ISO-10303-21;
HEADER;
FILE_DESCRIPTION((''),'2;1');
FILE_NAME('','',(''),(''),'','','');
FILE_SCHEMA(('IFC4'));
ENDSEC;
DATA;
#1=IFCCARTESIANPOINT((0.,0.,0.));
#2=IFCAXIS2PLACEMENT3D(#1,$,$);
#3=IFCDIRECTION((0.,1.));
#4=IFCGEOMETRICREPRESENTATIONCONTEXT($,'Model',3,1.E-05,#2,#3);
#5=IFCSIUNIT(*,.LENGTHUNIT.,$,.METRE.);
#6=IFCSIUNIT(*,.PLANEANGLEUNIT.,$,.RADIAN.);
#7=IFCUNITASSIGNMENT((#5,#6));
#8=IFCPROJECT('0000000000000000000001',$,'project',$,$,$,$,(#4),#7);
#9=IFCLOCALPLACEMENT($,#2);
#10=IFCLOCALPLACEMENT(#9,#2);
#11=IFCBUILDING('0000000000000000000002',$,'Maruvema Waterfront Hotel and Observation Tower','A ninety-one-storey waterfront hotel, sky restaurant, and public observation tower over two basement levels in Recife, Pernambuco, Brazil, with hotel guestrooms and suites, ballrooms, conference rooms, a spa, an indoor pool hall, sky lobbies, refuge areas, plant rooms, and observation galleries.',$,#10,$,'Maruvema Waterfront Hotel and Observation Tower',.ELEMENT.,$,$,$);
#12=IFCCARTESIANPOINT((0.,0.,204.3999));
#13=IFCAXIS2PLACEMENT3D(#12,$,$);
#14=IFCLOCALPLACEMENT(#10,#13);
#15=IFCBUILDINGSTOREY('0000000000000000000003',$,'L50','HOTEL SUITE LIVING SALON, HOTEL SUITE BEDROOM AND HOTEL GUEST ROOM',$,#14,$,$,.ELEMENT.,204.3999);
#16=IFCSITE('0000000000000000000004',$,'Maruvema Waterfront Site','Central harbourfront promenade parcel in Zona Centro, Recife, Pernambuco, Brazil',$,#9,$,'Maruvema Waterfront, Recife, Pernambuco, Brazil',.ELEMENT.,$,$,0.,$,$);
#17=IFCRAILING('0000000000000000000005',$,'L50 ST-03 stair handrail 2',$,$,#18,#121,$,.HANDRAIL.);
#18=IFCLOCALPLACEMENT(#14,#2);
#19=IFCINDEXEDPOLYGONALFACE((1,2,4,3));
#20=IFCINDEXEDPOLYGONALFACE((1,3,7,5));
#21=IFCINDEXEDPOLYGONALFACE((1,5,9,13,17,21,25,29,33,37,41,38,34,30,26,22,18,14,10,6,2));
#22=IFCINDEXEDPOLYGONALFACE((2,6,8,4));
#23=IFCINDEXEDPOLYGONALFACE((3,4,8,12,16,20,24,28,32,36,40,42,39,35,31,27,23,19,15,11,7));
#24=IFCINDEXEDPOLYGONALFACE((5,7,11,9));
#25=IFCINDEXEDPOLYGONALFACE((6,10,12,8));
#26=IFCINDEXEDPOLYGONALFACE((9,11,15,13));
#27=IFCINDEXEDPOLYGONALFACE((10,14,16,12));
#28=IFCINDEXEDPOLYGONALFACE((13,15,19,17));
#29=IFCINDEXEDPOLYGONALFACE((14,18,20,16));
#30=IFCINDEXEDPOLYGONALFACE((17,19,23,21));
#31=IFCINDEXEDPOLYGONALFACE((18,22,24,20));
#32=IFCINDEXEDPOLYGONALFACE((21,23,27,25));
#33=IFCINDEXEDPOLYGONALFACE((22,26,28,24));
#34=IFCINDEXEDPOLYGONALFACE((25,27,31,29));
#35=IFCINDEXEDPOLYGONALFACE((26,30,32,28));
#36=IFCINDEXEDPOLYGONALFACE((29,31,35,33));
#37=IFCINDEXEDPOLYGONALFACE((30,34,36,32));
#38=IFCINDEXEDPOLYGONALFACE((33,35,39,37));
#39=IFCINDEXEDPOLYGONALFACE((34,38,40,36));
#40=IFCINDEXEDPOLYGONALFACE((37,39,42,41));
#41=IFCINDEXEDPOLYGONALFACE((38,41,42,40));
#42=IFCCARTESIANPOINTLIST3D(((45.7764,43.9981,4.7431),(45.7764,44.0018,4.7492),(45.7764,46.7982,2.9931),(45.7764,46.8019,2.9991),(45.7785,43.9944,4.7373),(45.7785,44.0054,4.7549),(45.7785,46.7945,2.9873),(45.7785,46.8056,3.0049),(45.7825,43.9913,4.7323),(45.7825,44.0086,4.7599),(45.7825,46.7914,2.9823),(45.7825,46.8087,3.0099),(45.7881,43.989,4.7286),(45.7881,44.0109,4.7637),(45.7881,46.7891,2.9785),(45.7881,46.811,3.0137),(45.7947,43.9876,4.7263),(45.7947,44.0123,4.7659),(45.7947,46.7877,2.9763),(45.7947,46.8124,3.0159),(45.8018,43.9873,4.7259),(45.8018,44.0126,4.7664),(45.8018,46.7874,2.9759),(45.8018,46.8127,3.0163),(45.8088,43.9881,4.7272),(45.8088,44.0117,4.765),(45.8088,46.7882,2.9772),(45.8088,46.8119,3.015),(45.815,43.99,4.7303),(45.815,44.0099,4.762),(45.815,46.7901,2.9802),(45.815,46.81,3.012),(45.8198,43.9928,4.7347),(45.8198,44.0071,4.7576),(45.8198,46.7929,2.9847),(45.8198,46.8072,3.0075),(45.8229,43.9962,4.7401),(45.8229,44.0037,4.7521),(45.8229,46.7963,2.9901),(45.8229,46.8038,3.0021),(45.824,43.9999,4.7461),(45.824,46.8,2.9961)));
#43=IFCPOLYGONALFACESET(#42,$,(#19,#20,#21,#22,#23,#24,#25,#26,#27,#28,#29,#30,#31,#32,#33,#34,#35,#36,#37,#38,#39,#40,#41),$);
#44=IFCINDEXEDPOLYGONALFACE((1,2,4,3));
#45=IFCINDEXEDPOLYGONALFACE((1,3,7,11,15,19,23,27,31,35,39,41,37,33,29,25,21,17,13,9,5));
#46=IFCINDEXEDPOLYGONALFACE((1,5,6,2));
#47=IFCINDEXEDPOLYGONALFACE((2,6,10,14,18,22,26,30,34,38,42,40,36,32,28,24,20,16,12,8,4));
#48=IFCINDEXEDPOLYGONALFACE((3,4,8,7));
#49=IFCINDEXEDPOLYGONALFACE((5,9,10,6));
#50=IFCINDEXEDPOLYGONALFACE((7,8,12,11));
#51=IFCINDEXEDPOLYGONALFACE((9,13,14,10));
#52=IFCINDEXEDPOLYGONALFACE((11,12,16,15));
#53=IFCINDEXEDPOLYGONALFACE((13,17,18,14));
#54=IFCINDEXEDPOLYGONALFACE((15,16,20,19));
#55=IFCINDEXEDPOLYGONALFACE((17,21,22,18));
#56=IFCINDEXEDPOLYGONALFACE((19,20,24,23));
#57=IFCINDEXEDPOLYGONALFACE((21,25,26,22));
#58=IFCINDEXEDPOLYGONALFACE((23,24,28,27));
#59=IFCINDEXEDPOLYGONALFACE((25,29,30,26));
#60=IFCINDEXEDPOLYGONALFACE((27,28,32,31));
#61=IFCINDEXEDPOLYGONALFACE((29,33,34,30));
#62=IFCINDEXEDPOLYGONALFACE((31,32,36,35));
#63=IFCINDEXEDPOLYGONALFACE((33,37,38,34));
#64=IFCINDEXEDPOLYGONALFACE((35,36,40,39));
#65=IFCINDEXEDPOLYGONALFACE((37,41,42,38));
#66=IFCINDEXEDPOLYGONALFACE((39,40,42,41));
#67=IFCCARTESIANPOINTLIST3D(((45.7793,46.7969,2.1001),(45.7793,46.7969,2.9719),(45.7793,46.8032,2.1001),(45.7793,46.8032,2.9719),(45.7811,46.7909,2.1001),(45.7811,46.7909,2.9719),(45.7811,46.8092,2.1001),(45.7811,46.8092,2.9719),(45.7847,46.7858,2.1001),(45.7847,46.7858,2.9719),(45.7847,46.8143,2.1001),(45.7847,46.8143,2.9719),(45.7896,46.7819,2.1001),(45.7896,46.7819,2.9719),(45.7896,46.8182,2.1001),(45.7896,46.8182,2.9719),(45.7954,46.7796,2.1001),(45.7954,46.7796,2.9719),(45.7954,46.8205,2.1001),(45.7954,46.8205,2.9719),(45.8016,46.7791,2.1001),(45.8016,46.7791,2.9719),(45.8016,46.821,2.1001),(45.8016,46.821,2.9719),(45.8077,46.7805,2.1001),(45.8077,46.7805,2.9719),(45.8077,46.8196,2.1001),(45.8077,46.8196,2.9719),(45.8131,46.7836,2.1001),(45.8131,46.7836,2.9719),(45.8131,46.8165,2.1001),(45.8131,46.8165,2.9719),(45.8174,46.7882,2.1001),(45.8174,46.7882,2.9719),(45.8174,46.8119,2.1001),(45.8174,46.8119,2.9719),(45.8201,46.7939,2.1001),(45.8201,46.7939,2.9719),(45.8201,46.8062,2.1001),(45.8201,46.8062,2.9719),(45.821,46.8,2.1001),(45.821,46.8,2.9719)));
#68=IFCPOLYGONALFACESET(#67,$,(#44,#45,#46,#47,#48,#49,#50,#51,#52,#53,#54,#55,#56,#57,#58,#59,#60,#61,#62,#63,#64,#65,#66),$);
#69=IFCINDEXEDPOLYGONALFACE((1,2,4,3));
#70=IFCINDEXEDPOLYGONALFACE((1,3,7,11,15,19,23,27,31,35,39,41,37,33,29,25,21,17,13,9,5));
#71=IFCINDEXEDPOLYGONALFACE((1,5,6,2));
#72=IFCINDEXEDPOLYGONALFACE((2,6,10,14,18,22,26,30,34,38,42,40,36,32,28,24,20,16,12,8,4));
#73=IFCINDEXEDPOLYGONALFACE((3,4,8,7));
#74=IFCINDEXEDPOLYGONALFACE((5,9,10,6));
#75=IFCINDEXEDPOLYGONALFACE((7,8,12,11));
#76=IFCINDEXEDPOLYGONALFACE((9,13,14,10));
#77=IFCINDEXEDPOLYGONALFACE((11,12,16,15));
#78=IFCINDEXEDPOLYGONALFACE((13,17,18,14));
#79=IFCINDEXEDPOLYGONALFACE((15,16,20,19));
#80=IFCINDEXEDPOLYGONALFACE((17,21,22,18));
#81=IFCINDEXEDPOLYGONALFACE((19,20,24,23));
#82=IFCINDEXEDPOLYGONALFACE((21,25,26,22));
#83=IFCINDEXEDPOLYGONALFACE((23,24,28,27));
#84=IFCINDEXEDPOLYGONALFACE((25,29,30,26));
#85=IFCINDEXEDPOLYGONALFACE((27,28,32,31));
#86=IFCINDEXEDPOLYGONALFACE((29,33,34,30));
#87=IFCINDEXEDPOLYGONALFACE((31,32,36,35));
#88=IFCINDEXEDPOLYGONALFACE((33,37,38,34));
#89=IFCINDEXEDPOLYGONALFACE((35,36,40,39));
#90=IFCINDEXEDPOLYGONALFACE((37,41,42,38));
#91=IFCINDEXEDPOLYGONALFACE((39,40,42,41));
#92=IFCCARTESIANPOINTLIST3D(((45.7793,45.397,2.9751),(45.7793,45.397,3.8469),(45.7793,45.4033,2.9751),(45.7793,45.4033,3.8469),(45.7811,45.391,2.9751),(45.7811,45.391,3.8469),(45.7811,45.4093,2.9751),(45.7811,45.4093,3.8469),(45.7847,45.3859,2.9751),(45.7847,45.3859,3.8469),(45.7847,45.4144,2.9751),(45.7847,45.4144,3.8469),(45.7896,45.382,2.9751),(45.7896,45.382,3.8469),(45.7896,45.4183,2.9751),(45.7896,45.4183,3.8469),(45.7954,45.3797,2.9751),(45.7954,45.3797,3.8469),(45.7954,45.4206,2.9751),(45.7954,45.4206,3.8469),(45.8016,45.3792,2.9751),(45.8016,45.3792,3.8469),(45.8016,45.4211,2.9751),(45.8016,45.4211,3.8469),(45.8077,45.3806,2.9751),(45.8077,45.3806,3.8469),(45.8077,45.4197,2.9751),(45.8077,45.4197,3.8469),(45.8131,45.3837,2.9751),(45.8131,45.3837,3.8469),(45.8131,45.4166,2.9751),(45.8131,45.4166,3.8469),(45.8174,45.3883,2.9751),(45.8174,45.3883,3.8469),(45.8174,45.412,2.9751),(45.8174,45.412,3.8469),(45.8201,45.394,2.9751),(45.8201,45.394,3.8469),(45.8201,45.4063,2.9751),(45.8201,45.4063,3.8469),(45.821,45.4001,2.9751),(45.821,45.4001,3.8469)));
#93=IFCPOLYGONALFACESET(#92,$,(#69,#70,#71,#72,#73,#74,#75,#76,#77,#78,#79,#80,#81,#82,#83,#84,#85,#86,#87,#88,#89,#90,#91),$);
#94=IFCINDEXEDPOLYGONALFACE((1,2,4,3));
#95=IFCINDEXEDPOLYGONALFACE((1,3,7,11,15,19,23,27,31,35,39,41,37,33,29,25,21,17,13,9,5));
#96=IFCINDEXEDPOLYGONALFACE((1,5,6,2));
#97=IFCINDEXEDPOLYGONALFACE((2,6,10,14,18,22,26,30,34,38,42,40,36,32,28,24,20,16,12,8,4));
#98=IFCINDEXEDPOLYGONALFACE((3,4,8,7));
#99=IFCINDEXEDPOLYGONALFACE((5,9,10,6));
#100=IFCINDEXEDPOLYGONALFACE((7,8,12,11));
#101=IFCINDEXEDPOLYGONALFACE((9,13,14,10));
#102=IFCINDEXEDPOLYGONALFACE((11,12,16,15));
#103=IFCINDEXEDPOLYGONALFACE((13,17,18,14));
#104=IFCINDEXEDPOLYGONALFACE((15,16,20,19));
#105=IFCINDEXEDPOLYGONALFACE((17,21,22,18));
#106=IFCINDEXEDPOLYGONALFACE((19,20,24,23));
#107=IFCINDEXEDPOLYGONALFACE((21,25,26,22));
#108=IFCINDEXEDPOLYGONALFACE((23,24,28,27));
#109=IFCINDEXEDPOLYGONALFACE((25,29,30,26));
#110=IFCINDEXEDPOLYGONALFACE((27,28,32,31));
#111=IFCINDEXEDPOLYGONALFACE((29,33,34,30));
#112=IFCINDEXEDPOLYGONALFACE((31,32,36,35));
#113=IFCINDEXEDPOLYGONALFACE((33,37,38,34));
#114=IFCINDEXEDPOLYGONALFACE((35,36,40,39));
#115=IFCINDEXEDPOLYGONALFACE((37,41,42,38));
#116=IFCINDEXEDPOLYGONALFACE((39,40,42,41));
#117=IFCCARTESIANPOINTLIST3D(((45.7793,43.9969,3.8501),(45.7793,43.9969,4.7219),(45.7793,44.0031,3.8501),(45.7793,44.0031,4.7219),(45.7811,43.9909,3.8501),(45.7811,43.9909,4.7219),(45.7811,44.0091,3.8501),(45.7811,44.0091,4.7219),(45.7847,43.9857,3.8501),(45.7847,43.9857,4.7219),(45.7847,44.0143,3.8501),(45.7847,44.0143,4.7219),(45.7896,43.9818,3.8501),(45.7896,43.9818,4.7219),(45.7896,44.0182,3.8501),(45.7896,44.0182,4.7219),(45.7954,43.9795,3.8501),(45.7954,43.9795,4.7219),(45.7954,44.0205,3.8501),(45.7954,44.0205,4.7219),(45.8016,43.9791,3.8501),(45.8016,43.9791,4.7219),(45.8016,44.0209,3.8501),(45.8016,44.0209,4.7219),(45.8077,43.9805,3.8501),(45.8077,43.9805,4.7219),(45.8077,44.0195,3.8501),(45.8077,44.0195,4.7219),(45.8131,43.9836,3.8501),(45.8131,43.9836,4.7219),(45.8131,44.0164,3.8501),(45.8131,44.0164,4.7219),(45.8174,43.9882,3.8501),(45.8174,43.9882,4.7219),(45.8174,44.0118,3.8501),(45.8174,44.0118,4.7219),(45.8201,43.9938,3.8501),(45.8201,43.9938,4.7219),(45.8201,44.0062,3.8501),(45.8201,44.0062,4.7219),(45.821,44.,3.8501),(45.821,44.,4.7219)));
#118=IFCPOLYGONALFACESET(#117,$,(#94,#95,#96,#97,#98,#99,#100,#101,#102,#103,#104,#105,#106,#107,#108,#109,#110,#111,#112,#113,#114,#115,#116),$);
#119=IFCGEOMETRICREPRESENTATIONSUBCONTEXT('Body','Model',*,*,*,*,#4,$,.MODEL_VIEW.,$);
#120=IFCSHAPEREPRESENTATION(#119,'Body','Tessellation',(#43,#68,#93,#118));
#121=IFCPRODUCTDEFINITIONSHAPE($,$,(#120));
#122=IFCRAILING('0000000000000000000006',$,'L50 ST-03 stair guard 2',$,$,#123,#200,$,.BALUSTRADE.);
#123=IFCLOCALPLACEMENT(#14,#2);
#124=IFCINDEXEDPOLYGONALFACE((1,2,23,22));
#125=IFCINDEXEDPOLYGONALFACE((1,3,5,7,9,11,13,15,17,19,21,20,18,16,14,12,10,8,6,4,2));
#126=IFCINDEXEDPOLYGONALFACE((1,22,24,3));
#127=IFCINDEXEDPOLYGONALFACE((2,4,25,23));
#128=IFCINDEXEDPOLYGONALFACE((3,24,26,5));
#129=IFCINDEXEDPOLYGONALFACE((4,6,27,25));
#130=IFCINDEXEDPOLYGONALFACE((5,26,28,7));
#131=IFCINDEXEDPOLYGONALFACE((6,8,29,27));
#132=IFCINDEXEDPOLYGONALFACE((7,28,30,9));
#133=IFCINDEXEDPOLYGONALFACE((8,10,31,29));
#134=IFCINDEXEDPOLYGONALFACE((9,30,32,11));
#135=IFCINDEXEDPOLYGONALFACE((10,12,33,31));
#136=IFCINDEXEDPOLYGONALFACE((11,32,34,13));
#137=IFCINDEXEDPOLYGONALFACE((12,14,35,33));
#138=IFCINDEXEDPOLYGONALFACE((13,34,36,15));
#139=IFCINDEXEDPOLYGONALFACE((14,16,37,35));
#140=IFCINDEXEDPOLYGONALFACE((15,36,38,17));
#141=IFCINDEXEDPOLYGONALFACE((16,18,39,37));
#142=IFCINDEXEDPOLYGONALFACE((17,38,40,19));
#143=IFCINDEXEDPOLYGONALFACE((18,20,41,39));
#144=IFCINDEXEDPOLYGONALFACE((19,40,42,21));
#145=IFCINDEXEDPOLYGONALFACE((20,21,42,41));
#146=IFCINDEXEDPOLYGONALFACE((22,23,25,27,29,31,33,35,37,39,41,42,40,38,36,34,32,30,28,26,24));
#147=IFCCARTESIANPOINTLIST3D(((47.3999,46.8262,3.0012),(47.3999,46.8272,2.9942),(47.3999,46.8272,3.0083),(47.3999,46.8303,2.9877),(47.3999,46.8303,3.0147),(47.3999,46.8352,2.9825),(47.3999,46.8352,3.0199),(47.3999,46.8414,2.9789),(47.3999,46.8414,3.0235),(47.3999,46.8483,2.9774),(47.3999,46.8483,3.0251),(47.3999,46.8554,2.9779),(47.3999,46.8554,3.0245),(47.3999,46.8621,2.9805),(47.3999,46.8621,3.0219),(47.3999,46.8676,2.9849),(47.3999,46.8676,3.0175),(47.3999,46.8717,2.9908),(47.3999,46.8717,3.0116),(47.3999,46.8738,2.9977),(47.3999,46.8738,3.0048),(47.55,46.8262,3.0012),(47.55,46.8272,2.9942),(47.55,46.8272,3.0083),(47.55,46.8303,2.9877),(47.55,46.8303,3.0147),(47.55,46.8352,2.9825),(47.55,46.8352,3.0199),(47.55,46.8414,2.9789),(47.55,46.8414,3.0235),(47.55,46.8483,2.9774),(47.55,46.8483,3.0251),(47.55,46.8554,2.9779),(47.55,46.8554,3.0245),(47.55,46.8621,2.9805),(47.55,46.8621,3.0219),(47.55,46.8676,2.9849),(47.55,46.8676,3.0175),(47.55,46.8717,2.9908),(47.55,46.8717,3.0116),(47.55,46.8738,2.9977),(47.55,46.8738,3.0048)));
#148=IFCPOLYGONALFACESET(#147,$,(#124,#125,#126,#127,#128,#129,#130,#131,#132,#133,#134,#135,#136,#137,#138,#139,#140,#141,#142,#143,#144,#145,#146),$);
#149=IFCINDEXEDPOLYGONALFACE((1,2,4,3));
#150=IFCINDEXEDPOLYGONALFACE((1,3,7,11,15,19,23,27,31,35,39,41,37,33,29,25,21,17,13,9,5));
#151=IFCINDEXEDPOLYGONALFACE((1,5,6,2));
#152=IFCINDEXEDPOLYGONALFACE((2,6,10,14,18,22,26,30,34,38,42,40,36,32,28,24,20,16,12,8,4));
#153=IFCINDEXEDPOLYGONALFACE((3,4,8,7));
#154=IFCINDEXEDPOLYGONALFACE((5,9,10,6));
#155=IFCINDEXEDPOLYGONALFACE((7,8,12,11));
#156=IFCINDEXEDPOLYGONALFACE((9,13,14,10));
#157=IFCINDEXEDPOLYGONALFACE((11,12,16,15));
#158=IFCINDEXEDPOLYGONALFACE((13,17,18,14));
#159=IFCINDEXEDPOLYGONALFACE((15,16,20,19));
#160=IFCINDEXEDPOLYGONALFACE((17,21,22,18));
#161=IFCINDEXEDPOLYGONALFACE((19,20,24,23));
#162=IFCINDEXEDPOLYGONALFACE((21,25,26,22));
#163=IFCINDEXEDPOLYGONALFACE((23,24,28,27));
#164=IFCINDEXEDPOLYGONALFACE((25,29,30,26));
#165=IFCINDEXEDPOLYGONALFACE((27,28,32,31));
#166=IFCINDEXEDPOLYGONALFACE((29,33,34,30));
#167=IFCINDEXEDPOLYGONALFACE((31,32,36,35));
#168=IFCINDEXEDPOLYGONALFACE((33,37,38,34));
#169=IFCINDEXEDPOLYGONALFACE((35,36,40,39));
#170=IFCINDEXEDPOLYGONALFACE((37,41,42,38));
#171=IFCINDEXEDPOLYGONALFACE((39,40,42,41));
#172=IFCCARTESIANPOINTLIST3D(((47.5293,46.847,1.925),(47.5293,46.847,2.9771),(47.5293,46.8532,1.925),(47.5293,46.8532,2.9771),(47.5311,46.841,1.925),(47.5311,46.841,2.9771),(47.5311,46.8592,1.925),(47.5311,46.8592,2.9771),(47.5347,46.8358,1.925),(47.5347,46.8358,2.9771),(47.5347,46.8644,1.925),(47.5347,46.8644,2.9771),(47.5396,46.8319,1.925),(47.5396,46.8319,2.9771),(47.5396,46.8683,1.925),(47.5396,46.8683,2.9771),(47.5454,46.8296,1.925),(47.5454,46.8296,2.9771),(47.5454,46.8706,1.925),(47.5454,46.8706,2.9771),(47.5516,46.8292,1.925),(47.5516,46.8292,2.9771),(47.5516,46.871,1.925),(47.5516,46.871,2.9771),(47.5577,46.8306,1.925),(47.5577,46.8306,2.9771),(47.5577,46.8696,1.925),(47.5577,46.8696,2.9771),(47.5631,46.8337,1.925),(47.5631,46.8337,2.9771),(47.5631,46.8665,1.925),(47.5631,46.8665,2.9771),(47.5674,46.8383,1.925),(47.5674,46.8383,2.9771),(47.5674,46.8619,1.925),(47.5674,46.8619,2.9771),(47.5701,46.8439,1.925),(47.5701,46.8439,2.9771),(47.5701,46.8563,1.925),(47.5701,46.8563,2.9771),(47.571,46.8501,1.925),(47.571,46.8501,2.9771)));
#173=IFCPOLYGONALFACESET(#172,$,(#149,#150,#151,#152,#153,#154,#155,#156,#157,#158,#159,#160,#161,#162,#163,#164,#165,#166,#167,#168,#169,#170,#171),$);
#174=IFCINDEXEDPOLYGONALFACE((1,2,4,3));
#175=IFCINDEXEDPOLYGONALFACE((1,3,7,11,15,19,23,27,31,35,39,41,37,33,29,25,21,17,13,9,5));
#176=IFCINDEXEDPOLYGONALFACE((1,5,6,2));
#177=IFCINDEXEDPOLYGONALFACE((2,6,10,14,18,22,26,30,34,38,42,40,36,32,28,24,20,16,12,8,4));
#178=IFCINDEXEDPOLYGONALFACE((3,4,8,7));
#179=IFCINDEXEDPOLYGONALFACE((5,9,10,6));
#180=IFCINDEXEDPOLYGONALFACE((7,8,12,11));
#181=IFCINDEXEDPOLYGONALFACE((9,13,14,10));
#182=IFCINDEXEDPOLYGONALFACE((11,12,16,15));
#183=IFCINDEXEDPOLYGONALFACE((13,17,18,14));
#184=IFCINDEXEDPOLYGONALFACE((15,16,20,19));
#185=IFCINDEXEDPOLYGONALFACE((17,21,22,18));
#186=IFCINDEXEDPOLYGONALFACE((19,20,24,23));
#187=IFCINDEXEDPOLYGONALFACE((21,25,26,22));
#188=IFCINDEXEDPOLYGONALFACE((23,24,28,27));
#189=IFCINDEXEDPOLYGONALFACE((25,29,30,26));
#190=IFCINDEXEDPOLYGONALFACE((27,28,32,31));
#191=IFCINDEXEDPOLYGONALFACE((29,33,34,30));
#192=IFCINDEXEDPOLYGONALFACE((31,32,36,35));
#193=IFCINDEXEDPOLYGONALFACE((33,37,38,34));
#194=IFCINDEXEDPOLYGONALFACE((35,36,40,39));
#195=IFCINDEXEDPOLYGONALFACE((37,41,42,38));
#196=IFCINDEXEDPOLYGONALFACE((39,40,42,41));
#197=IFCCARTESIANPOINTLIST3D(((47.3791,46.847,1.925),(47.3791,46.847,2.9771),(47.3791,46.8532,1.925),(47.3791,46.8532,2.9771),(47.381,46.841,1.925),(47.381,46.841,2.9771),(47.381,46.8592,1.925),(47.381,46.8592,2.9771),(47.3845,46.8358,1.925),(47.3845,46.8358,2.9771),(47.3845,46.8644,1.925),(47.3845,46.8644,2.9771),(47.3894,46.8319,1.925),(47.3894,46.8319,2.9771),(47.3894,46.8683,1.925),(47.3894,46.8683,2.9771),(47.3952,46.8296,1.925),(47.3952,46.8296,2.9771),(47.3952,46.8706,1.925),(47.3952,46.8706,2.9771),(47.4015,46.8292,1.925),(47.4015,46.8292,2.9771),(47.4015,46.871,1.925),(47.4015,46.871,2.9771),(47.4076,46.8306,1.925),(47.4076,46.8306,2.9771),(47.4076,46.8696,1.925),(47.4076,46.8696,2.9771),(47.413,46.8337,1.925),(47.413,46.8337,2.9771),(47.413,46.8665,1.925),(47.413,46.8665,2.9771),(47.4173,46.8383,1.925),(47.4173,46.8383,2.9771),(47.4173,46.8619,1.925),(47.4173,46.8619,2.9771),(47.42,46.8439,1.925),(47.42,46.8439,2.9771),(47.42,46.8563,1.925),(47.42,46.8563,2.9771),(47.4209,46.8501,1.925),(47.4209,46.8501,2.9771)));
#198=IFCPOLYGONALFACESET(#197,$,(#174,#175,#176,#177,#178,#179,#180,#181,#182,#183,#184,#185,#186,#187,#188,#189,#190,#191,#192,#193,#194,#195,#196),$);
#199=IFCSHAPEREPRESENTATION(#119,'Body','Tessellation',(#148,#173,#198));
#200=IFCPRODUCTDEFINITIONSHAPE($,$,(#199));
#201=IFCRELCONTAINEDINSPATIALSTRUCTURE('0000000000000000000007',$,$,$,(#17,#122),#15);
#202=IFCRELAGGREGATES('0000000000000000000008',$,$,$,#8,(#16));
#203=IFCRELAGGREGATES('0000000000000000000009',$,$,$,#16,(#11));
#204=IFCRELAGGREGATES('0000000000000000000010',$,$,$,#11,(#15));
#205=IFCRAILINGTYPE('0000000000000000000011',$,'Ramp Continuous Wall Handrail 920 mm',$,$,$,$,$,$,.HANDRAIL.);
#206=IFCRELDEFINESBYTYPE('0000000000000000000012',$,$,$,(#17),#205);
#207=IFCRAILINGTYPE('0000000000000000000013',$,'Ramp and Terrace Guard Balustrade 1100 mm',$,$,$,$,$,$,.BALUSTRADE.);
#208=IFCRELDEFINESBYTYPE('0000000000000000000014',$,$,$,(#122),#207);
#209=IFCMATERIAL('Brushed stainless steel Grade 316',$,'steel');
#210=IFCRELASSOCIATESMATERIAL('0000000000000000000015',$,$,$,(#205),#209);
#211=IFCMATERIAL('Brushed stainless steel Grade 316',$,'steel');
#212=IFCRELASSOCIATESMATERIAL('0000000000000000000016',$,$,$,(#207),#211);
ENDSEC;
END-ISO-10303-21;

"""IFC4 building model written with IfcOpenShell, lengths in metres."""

from ifc_helpers import new_model, si_unit, direction, frame, origin, origin_2d, place, context, subcontext, project, spatial, circle, extrude, material, type_object, element, save


model = new_model("IFC4")

# Units and contexts
model_context = context("Model", 3, precision=1e-05, world=origin(), true_north=direction((0.0, 1.0)))
body_context = subcontext(model_context, "Body", "Model", "MODEL_VIEW")
ifc_project = project(units=[si_unit("LENGTHUNIT", "METRE"), si_unit("PLANEANGLEUNIT", "RADIAN")], contexts=[model_context])

# Site, building, storey
site_placement = place(None, origin())
site = spatial("IfcSite", under=ifc_project, at=site_placement, Name="Maruvema Waterfront Site", Description="Central harbourfront promenade parcel in Zona Centro, Recife, Pernambuco, Brazil", LongName="Maruvema Waterfront, Recife, Pernambuco, Brazil", CompositionType="ELEMENT", RefElevation=0.0)
building_placement = place(site_placement, origin())
building = spatial("IfcBuilding", under=site, at=building_placement, Name="Maruvema Waterfront Hotel and Observation Tower", Description="A ninety-one-storey waterfront hotel, sky restaurant, and public observation tower over two basement levels in Recife, Pernambuco, Brazil, with hotel guestrooms and suites, ballrooms, conference rooms, a spa, an indoor pool hall, sky lobbies, refuge areas, plant rooms, and observation galleries.", LongName="Maruvema Waterfront Hotel and Observation Tower", CompositionType="ELEMENT")
storey_placement = place(building_placement, frame((0.0, 0.0, 204.3999)))
storey = spatial("IfcBuildingStorey", under=building, at=storey_placement, Name="L50", Description="HOTEL SUITE LIVING SALON, HOTEL SUITE BEDROOM AND HOTEL GUEST ROOM", CompositionType="ELEMENT", Elevation=204.3999)

# Railings
ifc_material_1 = material(Name="Brushed stainless steel Grade 316", Category="steel")
railing_type_1 = type_object("IfcRailingType", Name="Ramp Continuous Wall Handrail 920 mm", PredefinedType="HANDRAIL", material=ifc_material_1)
railing_1_placement = place(storey_placement, frame((45.8, 46.8, 2.1001)))
element("IfcRailing", 1, at=railing_1_placement, inside=storey, type_object=railing_type_1, Name="L50 ST-03 stair handrail 2", PredefinedType="HANDRAIL", context=body_context, shape_type="SweptSolid", body=[
    extrude(circle(Radius=0.0239, at=origin_2d()), frame((0.0, 0.0, 0.896), z_axis=(0.0, -0.848002, 0.529992), x_axis=(1.0, 0.0, 0.0)), (0.0, 0.0, 1.0), 3.302),
    extrude(circle(Radius=0.021, at=origin_2d()), origin(), (0.0, 0.0, 1.0), 0.8718),
    extrude(circle(Radius=0.021, at=origin_2d()), frame((0.0, -1.3999, 0.875)), (0.0, 0.0, 1.0), 0.8718),
    extrude(circle(Radius=0.021, at=origin_2d()), frame((0.0, -2.8, 1.75)), (0.0, 0.0, 1.0), 0.8718),
])
ifc_material_2 = material(Name="Brushed stainless steel Grade 316", Category="steel")
railing_type_2 = type_object("IfcRailingType", Name="Ramp and Terrace Guard Balustrade 1100 mm", PredefinedType="BALUSTRADE", material=ifc_material_2)
railing_2_placement = place(storey_placement, frame((47.55, 46.8501, 1.925)))
element("IfcRailing", 2, at=railing_2_placement, inside=storey, type_object=railing_type_2, Name="L50 ST-03 stair guard 2", PredefinedType="BALUSTRADE", context=body_context, shape_type="SweptSolid", body=[
    extrude(circle(Radius=0.0239, at=origin_2d()), frame((0.0, 0.0, 1.0762), z_axis=(-1.0, 0.0, 0.0), x_axis=(0.0, -1.0, 0.0)), (0.0, 0.0, 1.0), 0.1501),
    extrude(circle(Radius=0.021, at=origin_2d()), origin(), (0.0, 0.0, 1.0), 1.052),
    extrude(circle(Radius=0.021, at=origin_2d()), frame((-0.1501, 0.0, 0.0)), (0.0, 0.0, 1.0), 1.052),
])

save(model, "model.ifc")
